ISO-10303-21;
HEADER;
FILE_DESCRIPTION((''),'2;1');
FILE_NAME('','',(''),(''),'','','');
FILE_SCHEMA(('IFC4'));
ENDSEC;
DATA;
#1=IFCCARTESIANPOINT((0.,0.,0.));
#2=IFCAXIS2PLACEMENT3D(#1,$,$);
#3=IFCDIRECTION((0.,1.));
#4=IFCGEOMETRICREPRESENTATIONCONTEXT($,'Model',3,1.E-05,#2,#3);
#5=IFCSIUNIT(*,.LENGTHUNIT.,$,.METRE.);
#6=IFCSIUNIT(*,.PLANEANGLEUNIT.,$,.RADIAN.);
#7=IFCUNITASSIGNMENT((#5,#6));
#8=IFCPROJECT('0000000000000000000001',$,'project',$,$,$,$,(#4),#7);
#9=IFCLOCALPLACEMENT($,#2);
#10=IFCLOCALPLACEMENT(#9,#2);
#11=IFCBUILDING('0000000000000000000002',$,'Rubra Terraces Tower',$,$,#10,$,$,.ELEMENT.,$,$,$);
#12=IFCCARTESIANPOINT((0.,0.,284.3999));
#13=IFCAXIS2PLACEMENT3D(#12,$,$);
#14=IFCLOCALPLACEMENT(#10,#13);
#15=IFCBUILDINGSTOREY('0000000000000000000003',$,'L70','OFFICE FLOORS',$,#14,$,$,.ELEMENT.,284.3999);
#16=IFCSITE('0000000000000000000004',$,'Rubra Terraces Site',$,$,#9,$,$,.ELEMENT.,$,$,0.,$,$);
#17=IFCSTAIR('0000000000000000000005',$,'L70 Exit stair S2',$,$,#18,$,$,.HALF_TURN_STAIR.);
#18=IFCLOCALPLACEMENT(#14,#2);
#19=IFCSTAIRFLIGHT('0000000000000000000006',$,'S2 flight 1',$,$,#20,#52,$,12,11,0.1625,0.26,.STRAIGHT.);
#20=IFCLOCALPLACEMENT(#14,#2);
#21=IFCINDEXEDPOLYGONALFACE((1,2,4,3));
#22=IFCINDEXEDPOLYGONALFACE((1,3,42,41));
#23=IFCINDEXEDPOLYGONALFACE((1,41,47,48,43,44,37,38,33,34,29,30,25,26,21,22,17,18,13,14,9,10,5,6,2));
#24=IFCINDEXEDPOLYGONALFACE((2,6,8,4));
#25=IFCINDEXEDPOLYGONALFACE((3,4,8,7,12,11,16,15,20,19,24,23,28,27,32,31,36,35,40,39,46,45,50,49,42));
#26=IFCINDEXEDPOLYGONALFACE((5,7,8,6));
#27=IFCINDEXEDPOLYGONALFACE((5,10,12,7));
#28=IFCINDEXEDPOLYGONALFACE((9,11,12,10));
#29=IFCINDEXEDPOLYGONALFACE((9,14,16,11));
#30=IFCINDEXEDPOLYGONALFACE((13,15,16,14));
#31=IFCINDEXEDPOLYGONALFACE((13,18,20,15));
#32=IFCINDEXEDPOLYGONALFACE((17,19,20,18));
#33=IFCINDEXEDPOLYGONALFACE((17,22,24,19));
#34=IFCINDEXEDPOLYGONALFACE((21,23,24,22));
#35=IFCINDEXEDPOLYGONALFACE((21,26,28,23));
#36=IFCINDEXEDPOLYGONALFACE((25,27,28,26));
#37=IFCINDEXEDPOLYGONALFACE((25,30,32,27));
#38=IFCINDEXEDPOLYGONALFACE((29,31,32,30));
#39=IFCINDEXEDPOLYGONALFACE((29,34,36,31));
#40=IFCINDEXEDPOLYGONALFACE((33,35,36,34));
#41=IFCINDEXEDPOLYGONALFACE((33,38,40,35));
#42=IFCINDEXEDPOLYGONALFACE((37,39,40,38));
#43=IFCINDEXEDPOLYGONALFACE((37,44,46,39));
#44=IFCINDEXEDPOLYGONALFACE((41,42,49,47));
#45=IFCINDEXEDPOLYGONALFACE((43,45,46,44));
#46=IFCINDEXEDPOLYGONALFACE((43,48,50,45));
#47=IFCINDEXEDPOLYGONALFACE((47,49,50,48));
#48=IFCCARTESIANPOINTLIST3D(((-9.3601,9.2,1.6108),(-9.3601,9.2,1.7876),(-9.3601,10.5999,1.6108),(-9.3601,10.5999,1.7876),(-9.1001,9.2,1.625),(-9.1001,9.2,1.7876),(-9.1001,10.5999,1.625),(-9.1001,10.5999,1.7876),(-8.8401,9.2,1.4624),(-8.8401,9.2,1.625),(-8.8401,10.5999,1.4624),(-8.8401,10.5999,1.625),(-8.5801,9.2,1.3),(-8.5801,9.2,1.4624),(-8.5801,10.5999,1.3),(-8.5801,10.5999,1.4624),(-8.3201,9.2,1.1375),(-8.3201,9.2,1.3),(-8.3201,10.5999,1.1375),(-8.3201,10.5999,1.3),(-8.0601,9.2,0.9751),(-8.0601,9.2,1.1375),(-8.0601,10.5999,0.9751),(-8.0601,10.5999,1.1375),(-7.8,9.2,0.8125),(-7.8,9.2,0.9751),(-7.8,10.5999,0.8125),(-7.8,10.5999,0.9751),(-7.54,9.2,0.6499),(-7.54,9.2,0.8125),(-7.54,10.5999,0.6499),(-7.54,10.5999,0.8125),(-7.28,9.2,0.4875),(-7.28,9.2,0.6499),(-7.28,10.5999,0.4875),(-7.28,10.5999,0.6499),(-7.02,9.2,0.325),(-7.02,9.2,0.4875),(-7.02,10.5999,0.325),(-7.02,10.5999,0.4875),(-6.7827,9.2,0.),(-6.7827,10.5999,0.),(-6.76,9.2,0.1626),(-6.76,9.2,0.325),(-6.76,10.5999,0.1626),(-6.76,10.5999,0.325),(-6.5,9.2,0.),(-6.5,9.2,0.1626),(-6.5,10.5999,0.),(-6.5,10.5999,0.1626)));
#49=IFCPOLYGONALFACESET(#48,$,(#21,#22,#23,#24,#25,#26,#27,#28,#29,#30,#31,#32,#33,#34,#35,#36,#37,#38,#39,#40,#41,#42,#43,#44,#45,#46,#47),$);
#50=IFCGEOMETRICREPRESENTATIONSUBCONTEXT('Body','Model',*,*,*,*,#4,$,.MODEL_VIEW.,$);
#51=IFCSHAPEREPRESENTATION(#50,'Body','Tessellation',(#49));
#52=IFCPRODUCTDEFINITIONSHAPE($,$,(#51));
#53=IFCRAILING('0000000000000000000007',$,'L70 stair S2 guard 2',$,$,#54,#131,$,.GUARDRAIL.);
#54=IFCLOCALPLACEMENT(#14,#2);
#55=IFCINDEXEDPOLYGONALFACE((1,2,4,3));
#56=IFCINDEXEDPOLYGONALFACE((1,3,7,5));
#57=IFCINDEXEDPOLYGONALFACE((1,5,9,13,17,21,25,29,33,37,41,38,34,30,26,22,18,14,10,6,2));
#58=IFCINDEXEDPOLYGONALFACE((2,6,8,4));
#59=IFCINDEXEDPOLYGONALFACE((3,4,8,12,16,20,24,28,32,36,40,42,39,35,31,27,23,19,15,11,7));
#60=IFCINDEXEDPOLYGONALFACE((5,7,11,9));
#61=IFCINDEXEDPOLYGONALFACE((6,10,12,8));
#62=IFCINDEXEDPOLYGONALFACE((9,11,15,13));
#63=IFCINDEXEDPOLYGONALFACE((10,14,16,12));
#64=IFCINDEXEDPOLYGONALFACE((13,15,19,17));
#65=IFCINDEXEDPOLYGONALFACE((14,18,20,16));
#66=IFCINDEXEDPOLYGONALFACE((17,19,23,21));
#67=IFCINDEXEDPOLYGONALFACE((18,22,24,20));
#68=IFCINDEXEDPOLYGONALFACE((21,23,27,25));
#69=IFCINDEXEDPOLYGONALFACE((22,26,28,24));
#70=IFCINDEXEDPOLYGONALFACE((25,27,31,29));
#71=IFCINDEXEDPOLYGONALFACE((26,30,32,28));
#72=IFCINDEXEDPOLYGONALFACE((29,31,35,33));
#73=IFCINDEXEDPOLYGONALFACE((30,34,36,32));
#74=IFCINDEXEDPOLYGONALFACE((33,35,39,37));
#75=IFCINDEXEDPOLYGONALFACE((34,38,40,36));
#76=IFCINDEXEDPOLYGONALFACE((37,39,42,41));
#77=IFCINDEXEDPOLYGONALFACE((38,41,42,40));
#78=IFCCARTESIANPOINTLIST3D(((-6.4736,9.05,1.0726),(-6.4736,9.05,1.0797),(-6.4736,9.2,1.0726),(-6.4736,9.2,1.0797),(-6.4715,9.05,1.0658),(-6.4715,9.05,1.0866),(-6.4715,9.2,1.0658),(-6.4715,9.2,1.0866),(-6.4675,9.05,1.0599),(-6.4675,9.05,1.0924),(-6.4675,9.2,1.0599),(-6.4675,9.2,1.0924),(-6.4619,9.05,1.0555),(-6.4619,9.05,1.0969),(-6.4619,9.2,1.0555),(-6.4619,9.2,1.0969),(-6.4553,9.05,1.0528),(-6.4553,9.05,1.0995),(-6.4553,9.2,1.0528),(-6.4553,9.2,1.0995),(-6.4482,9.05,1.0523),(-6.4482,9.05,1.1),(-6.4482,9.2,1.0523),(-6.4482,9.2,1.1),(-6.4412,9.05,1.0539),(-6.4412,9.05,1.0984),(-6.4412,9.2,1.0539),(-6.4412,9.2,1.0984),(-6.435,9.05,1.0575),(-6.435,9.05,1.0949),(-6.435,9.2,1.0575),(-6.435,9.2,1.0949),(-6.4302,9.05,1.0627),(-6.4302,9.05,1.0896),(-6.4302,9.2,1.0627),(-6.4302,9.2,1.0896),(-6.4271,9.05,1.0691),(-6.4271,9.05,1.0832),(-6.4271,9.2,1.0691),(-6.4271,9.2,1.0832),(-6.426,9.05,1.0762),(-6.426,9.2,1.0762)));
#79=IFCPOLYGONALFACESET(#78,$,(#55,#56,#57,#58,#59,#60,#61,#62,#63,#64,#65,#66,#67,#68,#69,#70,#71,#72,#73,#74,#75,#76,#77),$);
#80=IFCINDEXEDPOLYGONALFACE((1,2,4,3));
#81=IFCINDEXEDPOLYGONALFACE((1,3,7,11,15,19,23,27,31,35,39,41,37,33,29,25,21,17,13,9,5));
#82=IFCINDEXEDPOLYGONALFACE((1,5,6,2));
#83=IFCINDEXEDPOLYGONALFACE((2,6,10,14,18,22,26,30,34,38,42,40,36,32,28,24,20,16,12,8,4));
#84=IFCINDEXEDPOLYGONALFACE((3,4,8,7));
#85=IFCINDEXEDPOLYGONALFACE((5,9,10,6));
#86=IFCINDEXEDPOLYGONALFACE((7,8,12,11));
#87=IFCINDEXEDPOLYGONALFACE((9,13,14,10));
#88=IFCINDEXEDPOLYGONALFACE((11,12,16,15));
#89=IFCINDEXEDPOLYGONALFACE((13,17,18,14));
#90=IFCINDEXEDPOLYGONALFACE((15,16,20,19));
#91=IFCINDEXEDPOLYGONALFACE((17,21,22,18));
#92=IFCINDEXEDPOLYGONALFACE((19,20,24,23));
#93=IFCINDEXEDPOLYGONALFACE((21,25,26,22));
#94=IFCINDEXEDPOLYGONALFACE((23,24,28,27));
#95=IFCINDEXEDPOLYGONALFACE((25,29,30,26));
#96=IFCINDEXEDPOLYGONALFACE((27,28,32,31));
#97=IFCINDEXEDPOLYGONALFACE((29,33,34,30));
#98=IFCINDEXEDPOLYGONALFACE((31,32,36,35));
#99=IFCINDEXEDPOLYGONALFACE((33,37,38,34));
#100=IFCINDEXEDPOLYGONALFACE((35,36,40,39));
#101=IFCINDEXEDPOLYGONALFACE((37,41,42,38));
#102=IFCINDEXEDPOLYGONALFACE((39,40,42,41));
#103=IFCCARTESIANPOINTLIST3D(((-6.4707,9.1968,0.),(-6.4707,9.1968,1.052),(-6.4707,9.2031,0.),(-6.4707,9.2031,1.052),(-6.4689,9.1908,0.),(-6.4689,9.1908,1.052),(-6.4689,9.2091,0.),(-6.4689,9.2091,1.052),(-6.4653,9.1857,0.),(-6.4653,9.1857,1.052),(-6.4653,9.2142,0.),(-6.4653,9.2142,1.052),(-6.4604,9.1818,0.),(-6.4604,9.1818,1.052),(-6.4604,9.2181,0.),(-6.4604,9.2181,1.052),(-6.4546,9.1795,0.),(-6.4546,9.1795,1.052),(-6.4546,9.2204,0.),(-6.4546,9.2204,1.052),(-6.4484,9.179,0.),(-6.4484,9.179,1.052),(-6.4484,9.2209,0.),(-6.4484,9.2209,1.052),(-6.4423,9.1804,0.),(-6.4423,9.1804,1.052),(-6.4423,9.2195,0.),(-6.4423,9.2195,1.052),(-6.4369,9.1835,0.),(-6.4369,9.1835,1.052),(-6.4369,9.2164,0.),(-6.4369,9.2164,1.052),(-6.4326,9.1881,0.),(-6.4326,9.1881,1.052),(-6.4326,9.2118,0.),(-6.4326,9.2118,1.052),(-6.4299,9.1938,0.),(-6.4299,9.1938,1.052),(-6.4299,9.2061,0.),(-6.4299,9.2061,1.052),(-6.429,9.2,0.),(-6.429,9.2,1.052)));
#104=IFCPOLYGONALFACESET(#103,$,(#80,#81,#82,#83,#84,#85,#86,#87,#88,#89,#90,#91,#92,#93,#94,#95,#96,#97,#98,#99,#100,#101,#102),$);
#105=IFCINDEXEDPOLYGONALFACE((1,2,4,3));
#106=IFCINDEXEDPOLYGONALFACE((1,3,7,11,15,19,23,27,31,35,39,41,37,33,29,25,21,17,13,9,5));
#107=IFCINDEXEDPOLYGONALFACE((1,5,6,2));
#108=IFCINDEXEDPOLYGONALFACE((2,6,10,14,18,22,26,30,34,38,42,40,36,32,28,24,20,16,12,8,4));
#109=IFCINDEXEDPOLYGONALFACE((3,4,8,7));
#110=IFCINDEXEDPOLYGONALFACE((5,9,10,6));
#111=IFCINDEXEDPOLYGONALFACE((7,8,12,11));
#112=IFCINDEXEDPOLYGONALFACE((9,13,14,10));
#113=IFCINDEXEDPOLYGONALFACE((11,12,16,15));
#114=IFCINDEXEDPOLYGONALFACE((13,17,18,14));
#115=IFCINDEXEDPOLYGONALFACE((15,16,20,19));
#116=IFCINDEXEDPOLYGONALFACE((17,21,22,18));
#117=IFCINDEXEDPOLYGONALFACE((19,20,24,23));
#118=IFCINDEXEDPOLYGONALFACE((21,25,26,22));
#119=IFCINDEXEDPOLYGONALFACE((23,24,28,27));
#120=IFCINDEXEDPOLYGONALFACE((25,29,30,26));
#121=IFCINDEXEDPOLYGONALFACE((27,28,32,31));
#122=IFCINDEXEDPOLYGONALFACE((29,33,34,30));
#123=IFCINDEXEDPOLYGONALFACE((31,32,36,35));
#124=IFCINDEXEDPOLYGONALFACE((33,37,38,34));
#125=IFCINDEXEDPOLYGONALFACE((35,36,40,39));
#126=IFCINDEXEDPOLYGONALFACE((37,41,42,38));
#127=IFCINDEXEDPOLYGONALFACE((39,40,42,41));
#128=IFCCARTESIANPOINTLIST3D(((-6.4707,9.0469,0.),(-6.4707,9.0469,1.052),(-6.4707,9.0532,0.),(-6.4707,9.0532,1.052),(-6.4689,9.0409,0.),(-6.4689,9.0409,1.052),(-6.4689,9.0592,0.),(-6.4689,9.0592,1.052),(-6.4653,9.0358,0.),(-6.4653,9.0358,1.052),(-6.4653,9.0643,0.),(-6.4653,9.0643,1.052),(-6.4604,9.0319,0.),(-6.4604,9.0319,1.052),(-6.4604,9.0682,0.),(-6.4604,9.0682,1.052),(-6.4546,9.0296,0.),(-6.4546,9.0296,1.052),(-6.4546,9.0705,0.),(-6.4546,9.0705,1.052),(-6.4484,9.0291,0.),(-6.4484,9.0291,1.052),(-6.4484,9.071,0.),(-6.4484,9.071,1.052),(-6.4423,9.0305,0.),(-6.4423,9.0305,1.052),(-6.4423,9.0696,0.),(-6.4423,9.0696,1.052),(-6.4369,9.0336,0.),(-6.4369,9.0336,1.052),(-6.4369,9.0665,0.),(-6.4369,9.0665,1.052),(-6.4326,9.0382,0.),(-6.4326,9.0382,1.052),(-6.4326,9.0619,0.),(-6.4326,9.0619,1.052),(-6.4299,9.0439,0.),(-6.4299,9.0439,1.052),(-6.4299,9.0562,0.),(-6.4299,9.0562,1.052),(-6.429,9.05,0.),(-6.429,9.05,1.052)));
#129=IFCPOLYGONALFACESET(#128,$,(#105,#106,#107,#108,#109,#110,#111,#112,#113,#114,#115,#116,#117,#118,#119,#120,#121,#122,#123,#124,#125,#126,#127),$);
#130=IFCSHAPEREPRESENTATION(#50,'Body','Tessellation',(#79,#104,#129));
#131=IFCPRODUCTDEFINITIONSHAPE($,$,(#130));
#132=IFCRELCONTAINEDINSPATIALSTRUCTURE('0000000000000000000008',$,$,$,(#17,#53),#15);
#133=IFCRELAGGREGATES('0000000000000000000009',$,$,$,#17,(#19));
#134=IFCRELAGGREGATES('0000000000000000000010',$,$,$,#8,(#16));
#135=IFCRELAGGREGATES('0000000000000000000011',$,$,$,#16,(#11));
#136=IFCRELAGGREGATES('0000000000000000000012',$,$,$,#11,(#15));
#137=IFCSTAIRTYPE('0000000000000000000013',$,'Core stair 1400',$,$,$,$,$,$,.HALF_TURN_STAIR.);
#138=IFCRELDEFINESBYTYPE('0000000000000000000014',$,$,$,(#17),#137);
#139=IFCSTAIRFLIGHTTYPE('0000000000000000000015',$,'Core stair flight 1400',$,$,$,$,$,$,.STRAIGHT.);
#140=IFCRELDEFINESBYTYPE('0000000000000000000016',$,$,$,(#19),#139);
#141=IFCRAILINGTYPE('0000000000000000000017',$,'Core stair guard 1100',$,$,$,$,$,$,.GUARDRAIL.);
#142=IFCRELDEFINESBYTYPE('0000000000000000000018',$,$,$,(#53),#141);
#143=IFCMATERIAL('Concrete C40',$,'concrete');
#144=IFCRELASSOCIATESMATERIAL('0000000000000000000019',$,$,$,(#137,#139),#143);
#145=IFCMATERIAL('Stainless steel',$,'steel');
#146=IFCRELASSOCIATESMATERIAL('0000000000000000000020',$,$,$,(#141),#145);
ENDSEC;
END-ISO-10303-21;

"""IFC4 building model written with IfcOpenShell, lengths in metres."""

from ifc_helpers import new_model, si_unit, direction, frame, origin, origin_2d, place, context, subcontext, project, spatial, polyline, circle, outline, extrude, material, type_object, element, aggregate, save


model = new_model("IFC4")

# Units and contexts
model_context = context("Model", 3, precision=1e-05, world=origin(), true_north=direction((0.0, 1.0)))
body_context = subcontext(model_context, "Body", "Model", "MODEL_VIEW")
ifc_project = project(units=[si_unit("LENGTHUNIT", "METRE"), si_unit("PLANEANGLEUNIT", "RADIAN")], contexts=[model_context])

# Site, building, storey
site_placement = place(None, origin())
site = spatial("IfcSite", under=ifc_project, at=site_placement, Name="Rubra Terraces Site", CompositionType="ELEMENT", RefElevation=0.0)
building_placement = place(site_placement, origin())
building = spatial("IfcBuilding", under=site, at=building_placement, Name="Rubra Terraces Tower", CompositionType="ELEMENT")
storey_placement = place(building_placement, frame((0.0, 0.0, 284.3999)))
storey = spatial("IfcBuildingStorey", under=building, at=storey_placement, Name="L70", Description="OFFICE FLOORS", CompositionType="ELEMENT", Elevation=284.3999)

# Shared definitions
ifc_material_1 = material(Name="Concrete C40", Category="concrete")

# Stair, stair flight
stair_type = type_object("IfcStairType", Name="Core stair 1400", PredefinedType="HALF_TURN_STAIR", material=ifc_material_1)
stair_placement = place(storey_placement, origin())
stair = element("IfcStair", 1, at=stair_placement, inside=storey, type_object=stair_type, Name="L70 Exit stair S2", PredefinedType="HALF_TURN_STAIR")
stair_flight_type = type_object("IfcStairFlightType", Name="Core stair flight 1400", PredefinedType="STRAIGHT", material=ifc_material_1)
stair_flight_placement = place(storey_placement, frame((-6.5, 9.8999, 0.0), z_axis=(0.0, 0.0, 1.0), x_axis=(-1.0, 0.0, 0.0)))
stair_flight = element("IfcStairFlight", 2, at=stair_flight_placement, type_object=stair_flight_type, Name="S2 flight 1", NumberOfRisers=12, NumberOfTreads=11, PredefinedType="STRAIGHT", RiserHeight=0.1625, TreadLength=0.26, context=body_context, shape_type="SweptSolid", body=[
    extrude(outline(polyline([(0.0, 0.0), (0.0, 0.1626), (0.26, 0.1626), (0.26, 0.325), (0.52, 0.325), (0.52, 0.4875), (0.78, 0.4875), (0.78, 0.6499), (1.04, 0.6499), (1.04, 0.8125), (1.3, 0.8125), (1.3, 0.9751), (1.5601, 0.9751), (1.5601, 1.1375), (1.8201, 1.1375), (1.8201, 1.3), (2.0801, 1.3), (2.0801, 1.4624), (2.3401, 1.4624), (2.3401, 1.625), (2.6001, 1.625), (2.6001, 1.7876), (2.8601, 1.7876), (2.8601, 1.95), (2.8601, 1.6108), (0.2827, 0.0), (0.0, 0.0)])), frame((0.0, 0.7, 0.0), z_axis=(0.0, -1.0, 0.0), x_axis=(1.0, 0.0, 0.0)), (0.0, 0.0, 1.0), 1.3999),
])
aggregate(stair, [stair_flight])

# Railing
ifc_material_2 = material(Name="Stainless steel", Category="steel")
railing_type_1 = type_object("IfcRailingType", Name="Core stair guard 1100", PredefinedType="GUARDRAIL", material=ifc_material_2)
railing_1_placement = place(storey_placement, frame((-6.45, 9.2, 0.0)))
element("IfcRailing", 3, at=railing_1_placement, inside=storey, type_object=railing_type_1, Name="L70 stair S2 guard 2", PredefinedType="GUARDRAIL", context=body_context, shape_type="SweptSolid", body=[
    extrude(circle(Radius=0.0239, at=origin_2d()), frame((0.0, 0.0, 1.0762), z_axis=(0.0, -1.0, 0.0), x_axis=(1.0, 0.0, 0.0)), (0.0, 0.0, 1.0), 0.1499),
    extrude(circle(Radius=0.021, at=origin_2d()), origin(), (0.0, 0.0, 1.0), 1.052),
    extrude(circle(Radius=0.021, at=origin_2d()), frame((0.0, -0.1499, 0.0)), (0.0, 0.0, 1.0), 1.052),
])

save(model, "model.ifc")
